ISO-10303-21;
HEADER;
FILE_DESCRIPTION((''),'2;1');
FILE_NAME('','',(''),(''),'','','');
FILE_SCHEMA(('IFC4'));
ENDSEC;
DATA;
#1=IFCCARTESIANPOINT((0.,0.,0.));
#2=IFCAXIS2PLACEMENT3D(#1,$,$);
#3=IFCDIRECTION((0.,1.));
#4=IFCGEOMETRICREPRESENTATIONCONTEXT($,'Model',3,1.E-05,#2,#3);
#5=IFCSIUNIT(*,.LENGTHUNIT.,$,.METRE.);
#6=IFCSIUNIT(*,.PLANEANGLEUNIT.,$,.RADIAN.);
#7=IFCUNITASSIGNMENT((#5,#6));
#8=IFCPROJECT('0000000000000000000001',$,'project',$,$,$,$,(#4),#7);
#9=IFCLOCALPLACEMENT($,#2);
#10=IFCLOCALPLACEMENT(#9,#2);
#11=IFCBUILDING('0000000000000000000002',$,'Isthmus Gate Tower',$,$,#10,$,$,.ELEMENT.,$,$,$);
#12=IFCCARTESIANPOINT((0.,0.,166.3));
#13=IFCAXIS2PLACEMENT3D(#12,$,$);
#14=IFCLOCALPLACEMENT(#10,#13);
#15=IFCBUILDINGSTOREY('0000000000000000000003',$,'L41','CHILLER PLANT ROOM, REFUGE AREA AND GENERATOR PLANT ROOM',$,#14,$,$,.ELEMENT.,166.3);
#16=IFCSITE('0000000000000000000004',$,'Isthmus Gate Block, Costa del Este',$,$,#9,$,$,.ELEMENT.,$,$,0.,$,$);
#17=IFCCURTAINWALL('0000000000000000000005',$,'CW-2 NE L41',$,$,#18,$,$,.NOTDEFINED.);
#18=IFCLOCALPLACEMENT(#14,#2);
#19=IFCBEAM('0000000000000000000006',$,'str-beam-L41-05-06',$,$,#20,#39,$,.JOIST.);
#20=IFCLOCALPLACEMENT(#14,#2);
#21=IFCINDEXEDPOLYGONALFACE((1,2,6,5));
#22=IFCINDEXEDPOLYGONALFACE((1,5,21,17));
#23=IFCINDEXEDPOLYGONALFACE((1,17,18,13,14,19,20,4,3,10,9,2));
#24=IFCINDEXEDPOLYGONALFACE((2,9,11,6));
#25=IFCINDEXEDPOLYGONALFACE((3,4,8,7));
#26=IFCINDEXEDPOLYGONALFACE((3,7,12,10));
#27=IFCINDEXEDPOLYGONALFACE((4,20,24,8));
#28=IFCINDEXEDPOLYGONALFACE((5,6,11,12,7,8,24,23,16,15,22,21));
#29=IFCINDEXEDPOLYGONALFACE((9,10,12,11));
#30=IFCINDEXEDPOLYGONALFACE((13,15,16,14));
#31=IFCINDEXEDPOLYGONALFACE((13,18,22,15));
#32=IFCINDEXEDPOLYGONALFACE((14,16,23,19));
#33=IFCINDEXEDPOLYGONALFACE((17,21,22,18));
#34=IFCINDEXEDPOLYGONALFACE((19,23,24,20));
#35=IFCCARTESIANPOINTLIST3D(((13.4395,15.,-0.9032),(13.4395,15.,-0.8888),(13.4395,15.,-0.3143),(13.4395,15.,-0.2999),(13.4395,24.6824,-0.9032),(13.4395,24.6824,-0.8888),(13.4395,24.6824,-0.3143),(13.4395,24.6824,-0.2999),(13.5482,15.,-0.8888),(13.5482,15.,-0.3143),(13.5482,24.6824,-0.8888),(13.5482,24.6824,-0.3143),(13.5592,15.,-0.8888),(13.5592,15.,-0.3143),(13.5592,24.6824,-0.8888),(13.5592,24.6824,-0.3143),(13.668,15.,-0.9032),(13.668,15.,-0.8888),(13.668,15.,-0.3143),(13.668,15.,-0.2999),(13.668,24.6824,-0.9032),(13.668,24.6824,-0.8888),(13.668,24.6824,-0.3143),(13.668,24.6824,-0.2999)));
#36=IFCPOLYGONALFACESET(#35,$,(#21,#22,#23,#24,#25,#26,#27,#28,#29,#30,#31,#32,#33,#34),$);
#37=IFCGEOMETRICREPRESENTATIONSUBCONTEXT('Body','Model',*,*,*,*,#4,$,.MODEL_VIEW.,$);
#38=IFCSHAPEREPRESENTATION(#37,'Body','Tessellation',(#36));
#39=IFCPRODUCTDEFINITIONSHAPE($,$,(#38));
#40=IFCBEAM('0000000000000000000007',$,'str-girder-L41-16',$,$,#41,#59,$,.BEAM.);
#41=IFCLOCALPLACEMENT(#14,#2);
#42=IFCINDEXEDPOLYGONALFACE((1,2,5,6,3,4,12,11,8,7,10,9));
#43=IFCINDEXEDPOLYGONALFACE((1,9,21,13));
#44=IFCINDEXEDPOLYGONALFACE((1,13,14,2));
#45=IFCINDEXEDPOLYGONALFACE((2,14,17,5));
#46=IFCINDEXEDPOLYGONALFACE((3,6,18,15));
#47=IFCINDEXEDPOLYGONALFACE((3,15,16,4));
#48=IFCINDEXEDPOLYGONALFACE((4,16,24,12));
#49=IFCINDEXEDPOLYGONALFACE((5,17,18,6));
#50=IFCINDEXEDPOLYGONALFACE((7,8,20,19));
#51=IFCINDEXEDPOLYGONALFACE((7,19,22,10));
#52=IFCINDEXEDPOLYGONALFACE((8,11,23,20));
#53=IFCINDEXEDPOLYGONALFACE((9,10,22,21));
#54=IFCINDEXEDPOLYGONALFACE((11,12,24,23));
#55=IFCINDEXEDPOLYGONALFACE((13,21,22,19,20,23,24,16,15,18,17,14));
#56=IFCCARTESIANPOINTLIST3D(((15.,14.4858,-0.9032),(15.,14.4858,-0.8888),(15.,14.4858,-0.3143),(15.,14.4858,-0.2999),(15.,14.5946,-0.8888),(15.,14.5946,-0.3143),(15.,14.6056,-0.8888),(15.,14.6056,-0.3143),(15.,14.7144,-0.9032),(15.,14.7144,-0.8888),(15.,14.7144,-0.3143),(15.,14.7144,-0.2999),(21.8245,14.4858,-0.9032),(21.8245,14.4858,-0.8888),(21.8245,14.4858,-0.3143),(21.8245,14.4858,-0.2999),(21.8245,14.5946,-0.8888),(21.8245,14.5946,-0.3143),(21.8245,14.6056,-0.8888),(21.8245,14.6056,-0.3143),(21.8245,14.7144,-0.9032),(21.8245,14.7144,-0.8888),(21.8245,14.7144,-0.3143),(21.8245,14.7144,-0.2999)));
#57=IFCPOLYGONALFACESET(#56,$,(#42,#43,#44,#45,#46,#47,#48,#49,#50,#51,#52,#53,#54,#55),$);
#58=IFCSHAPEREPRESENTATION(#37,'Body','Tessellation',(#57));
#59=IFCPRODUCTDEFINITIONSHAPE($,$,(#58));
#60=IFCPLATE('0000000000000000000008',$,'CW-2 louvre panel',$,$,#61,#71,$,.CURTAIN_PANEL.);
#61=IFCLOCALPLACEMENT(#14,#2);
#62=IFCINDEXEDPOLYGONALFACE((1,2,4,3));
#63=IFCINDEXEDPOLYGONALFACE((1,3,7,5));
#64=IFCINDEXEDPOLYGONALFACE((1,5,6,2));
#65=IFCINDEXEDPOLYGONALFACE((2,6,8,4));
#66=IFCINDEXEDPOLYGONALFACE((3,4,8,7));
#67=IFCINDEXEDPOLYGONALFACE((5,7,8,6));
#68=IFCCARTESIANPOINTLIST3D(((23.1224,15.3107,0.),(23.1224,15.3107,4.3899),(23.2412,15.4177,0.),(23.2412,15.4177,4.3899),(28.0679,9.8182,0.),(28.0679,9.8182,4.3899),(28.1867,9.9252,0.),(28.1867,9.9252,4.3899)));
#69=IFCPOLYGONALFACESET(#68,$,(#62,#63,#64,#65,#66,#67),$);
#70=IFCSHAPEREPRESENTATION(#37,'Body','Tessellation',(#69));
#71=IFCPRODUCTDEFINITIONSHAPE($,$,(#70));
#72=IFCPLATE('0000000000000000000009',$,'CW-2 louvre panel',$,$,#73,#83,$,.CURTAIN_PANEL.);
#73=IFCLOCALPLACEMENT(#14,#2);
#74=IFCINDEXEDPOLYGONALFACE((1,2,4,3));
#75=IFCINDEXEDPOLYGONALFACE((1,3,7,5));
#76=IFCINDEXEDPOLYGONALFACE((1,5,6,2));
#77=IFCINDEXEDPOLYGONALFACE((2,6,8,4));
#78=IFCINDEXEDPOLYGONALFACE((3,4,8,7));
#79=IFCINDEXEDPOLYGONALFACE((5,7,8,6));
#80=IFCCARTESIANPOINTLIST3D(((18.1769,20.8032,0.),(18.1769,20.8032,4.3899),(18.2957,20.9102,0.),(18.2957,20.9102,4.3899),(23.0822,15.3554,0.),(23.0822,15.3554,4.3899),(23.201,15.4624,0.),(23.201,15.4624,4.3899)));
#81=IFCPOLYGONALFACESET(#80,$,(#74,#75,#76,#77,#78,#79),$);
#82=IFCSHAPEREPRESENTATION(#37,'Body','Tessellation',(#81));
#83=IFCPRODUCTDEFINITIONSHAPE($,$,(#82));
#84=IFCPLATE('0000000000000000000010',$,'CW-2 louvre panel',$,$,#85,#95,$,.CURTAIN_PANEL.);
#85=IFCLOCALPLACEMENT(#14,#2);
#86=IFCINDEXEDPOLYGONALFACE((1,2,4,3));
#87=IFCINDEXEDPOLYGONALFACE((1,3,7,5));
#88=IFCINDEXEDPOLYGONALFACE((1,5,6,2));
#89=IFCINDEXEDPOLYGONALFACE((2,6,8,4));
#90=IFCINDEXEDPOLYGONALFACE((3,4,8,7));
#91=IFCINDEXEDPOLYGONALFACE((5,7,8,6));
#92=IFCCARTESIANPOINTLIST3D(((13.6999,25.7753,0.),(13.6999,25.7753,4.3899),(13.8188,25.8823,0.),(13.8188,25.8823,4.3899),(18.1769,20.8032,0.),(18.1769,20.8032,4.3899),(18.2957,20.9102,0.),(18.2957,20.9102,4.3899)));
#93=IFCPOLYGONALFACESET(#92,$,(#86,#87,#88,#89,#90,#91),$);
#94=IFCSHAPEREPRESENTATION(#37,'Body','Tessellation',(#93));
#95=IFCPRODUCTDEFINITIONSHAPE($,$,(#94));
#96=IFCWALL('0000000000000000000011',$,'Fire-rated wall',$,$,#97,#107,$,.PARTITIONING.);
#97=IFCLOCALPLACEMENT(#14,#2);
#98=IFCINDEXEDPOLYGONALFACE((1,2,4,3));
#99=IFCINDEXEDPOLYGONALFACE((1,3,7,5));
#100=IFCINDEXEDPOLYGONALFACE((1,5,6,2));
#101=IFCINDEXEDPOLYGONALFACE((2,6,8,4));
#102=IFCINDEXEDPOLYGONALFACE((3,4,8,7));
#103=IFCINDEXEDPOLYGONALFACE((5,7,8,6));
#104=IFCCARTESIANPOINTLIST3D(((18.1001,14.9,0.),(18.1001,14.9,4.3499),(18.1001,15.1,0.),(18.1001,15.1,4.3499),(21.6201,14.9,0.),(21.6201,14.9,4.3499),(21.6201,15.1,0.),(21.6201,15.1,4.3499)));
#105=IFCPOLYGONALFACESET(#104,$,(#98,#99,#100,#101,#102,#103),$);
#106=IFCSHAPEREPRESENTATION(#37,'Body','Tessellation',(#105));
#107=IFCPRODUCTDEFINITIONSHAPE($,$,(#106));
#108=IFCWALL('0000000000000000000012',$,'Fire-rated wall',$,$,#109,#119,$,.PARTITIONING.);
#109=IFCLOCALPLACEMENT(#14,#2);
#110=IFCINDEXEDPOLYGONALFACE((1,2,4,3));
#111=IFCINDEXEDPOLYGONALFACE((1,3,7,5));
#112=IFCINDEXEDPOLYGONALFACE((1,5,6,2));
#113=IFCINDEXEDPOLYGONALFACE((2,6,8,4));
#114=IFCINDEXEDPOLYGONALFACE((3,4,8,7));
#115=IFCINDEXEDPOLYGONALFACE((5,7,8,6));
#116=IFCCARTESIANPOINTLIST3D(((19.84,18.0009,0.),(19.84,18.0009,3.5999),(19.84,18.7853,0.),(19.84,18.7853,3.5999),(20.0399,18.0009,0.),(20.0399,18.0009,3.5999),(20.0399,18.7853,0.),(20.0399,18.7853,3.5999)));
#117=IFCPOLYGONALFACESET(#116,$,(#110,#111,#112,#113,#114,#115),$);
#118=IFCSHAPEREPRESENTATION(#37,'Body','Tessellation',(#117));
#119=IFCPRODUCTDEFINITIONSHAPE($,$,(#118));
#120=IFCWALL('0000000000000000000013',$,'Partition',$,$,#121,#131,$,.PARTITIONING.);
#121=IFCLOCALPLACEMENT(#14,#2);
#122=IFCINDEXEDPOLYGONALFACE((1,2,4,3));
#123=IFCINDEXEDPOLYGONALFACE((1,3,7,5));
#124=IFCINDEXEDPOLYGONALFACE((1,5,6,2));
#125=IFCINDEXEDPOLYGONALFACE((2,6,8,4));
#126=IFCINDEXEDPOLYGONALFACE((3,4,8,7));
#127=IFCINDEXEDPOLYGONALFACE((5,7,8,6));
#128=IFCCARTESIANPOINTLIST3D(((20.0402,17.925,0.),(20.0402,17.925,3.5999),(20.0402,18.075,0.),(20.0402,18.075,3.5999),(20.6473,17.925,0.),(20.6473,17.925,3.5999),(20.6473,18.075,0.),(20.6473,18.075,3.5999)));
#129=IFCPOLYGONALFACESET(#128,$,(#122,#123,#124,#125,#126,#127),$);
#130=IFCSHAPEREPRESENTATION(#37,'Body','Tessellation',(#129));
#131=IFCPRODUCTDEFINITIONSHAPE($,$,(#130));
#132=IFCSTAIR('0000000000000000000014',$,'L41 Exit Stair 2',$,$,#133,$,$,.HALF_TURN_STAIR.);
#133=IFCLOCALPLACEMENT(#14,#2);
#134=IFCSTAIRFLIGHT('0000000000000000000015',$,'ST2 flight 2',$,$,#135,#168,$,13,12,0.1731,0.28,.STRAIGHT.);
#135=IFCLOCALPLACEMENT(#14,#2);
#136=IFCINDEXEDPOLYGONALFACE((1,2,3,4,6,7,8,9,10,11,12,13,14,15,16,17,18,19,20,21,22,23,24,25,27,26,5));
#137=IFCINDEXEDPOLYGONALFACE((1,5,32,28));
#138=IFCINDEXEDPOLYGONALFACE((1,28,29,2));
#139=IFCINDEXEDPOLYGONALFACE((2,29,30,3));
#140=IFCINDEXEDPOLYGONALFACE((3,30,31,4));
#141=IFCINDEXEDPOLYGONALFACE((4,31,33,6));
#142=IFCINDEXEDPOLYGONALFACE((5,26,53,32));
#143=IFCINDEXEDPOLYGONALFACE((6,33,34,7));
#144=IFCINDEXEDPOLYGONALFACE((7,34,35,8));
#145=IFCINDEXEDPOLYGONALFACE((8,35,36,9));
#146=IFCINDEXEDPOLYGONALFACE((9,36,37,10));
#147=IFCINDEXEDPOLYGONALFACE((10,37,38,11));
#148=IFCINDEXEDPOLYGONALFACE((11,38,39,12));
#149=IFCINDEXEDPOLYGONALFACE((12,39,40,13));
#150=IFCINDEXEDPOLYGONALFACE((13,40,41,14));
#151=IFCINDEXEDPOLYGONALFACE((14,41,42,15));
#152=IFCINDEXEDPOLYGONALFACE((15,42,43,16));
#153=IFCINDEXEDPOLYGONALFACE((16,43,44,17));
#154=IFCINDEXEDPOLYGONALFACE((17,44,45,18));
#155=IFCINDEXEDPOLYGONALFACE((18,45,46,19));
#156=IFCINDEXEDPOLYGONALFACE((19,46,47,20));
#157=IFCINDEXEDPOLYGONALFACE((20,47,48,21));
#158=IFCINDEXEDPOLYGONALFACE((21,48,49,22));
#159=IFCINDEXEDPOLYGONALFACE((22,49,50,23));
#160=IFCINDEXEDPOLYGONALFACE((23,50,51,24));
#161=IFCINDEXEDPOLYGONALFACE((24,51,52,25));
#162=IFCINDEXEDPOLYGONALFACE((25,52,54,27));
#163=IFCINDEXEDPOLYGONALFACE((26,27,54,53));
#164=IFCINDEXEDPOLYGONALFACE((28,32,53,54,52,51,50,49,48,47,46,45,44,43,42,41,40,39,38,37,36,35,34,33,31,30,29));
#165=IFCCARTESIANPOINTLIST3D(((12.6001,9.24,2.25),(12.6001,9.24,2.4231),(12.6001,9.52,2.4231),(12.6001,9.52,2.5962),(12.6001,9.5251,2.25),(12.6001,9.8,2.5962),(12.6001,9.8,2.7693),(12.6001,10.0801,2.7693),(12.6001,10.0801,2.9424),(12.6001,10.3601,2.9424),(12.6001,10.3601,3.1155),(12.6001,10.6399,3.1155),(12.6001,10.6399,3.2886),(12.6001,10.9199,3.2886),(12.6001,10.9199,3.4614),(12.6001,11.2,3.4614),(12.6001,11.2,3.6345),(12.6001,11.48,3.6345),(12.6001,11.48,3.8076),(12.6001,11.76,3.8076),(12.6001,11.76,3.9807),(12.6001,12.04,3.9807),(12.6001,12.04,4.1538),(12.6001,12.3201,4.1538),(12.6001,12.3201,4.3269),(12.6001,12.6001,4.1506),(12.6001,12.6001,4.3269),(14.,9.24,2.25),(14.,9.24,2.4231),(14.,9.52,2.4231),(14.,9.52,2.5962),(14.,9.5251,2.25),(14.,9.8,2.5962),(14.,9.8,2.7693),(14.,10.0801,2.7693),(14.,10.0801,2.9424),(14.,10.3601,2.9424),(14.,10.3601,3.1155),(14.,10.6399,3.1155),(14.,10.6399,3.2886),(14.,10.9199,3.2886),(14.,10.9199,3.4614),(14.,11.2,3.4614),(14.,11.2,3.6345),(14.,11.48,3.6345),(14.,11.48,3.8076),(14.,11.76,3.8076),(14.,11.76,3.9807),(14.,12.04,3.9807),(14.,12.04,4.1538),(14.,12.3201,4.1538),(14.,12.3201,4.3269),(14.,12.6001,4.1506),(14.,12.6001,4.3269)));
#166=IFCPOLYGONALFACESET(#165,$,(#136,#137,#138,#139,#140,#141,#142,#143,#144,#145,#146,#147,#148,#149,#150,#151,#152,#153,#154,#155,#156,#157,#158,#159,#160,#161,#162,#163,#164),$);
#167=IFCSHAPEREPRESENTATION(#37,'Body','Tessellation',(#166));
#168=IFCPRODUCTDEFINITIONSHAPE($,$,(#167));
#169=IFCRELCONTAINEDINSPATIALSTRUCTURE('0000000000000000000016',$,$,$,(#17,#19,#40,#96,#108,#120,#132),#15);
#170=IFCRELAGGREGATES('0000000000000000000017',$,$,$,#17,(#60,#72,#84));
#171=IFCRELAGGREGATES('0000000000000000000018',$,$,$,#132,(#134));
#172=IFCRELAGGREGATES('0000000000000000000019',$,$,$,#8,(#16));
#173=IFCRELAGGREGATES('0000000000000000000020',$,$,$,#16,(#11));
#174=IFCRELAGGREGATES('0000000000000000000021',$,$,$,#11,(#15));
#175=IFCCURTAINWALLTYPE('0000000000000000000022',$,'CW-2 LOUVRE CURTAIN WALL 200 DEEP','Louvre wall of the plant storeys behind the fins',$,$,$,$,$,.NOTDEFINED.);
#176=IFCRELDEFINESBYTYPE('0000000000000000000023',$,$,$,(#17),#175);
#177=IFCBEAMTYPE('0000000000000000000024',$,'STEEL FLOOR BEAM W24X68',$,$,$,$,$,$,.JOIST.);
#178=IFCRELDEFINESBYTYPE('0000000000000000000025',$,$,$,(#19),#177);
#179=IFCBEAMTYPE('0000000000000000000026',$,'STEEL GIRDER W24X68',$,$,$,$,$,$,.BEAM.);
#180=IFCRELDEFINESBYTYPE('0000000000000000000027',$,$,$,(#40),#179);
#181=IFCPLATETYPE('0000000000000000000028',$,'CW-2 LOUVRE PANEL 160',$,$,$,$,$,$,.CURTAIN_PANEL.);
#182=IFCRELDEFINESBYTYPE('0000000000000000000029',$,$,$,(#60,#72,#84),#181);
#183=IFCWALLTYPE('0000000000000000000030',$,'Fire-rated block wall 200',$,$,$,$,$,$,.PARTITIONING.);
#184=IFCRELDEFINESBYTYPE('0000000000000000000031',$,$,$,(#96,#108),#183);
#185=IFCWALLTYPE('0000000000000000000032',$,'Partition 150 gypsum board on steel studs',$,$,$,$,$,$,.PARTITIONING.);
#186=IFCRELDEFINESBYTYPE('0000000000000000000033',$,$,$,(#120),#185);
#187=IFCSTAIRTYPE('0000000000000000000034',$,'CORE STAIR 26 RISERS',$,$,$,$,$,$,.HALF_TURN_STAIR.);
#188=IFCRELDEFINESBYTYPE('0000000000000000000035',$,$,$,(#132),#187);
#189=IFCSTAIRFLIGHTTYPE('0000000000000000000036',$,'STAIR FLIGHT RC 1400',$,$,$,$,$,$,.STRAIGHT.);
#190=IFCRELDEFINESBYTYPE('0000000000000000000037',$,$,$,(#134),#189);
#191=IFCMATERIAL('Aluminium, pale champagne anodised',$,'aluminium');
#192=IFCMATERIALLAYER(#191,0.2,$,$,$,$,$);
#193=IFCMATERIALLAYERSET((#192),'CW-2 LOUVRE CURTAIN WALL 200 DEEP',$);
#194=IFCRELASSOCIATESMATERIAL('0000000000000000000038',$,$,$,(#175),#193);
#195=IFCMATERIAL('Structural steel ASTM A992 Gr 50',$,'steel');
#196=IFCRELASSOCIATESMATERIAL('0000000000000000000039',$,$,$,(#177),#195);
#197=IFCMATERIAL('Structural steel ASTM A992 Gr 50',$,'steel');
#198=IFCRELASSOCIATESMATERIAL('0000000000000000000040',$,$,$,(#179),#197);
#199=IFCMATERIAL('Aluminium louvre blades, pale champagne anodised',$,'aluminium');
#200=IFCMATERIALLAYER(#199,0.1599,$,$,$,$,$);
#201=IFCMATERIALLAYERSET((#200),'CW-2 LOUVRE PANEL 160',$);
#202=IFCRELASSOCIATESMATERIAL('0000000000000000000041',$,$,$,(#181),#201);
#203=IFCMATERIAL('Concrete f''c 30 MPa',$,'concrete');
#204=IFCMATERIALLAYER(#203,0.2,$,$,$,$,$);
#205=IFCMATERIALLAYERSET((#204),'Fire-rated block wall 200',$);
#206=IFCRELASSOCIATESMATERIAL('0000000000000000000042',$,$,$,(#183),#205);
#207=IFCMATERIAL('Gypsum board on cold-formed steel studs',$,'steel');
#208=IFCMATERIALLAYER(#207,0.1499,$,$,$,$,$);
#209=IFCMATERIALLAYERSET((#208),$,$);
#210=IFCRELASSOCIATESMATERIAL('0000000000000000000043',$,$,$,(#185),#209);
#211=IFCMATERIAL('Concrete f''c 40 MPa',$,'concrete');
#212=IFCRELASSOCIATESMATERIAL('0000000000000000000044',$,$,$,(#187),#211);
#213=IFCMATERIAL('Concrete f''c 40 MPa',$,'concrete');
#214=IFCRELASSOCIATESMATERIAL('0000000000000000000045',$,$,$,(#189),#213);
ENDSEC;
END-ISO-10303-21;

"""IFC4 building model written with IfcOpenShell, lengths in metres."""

from ifc_helpers import new_model, si_unit, direction, frame, frame_2d, origin, origin_2d, place, context, subcontext, project, spatial, polyline, rectangle, i_section, outline, extrude, material, layer, layer_set, material_profile, profile_set, type_object, element, aggregate, save


model = new_model("IFC4")

# Units and contexts
model_context = context("Model", 3, precision=1e-05, world=origin(), true_north=direction((0.0, 1.0)))
body_context = subcontext(model_context, "Body", "Model", "MODEL_VIEW")
ifc_project = project(units=[si_unit("LENGTHUNIT", "METRE"), si_unit("PLANEANGLEUNIT", "RADIAN")], contexts=[model_context])

# Site, building, storey
site_placement = place(None, origin())
site = spatial("IfcSite", under=ifc_project, at=site_placement, Name="Isthmus Gate Block, Costa del Este", CompositionType="ELEMENT", RefElevation=0.0)
building_placement = place(site_placement, origin())
building = spatial("IfcBuilding", under=site, at=building_placement, Name="Isthmus Gate Tower", CompositionType="ELEMENT")
storey_placement = place(building_placement, frame((0.0, 0.0, 166.3)))
storey = spatial("IfcBuildingStorey", under=building, at=storey_placement, Name="L41", Description="CHILLER PLANT ROOM, REFUGE AREA AND GENERATOR PLANT ROOM", CompositionType="ELEMENT", Elevation=166.3)

# Curtain wall
ifc_material_1 = material(Name="Aluminium, pale champagne anodised", Category="aluminium")
ifc_layer_1 = layer(ifc_material_1, 0.2)
ifc_layer_set_1 = layer_set([ifc_layer_1], Name="CW-2 LOUVRE CURTAIN WALL 200 DEEP")
curtain_wall_type = type_object("IfcCurtainWallType", Name="CW-2 LOUVRE CURTAIN WALL 200 DEEP", Description="Louvre wall of the plant storeys behind the fins", PredefinedType="NOTDEFINED", material=ifc_layer_set_1)
curtain_wall_placement = place(storey_placement, origin())
curtain_wall = element("IfcCurtainWall", 1, at=curtain_wall_placement, inside=storey, type_object=curtain_wall_type, Name="CW-2 NE L41", PredefinedType="NOTDEFINED")

# Beams
ifc_material_2 = material(Name="Structural steel ASTM A992 Gr 50", Category="steel")
ifc_material_profile_1 = material_profile(ifc_material_2, i_section(OverallWidth=0.2285, OverallDepth=0.6033, WebThickness=0.011, FlangeThickness=0.0144, at=origin_2d()), Name="W24X68")
ifc_profile_set_1 = profile_set([ifc_material_profile_1], Name="Structural steel ASTM A992 Gr 50")
beam_type_1 = type_object("IfcBeamType", Name="STEEL FLOOR BEAM W24X68", PredefinedType="JOIST", material=ifc_profile_set_1)
beam_1_placement = place(storey_placement, frame((13.5537, 15.0, -0.6016), z_axis=(0.0, 1.0, 0.0), x_axis=(-1.0, 0.0, 0.0)))
element("IfcBeam", 2, at=beam_1_placement, inside=storey, type_object=beam_type_1, Name="str-beam-L41-05-06", PredefinedType="JOIST", context=body_context, shape_type="SweptSolid", body=[
    extrude(i_section(OverallWidth=0.2285, OverallDepth=0.6033, WebThickness=0.011, FlangeThickness=0.0144, at=origin_2d()), origin(), (0.0, 0.0, 1.0), 9.6824),
])
ifc_material_3 = material(Name="Structural steel ASTM A992 Gr 50", Category="steel")
ifc_material_profile_2 = material_profile(ifc_material_3, i_section(OverallWidth=0.2285, OverallDepth=0.6033, WebThickness=0.011, FlangeThickness=0.0144, at=origin_2d()), Name="W24X68")
ifc_profile_set_2 = profile_set([ifc_material_profile_2], Name="Structural steel ASTM A992 Gr 50")
beam_type_2 = type_object("IfcBeamType", Name="STEEL GIRDER W24X68", PredefinedType="BEAM", material=ifc_profile_set_2)
beam_2_placement = place(storey_placement, frame((15.0, 14.6001, -0.6016), z_axis=(1.0, 0.0, 0.0), x_axis=(0.0, 1.0, 0.0)))
element("IfcBeam", 3, at=beam_2_placement, inside=storey, type_object=beam_type_2, Name="str-girder-L41-16", PredefinedType="BEAM", context=body_context, shape_type="SweptSolid", body=[
    extrude(i_section(OverallWidth=0.2285, OverallDepth=0.6033, WebThickness=0.011, FlangeThickness=0.0144, at=origin_2d()), origin(), (0.0, 0.0, 1.0), 6.8245),
])

# Plates
ifc_material_4 = material(Name="Aluminium louvre blades, pale champagne anodised", Category="aluminium")
ifc_layer_2 = layer(ifc_material_4, 0.1599)
ifc_layer_set_2 = layer_set([ifc_layer_2], Name="CW-2 LOUVRE PANEL 160")
plate_type = type_object("IfcPlateType", Name="CW-2 LOUVRE PANEL 160", PredefinedType="CURTAIN_PANEL", material=ifc_layer_set_2)
plate_1_placement = place(storey_placement, frame((25.6545, 12.6179, 0.0), z_axis=(0.0, 0.0, 1.0), x_axis=(-0.669131, 0.743145, 0.0)))
plate_1 = element("IfcPlate", 4, at=plate_1_placement, type_object=plate_type, Name="CW-2 louvre panel", PredefinedType="CURTAIN_PANEL", context=body_context, shape_type="SweptSolid", body=[
    extrude(rectangle(XDim=7.3909, YDim=0.1599, at=origin_2d()), origin(), (0.0, 0.0, 1.0), 4.3899),
])
plate_2_placement = place(storey_placement, frame((20.689, 18.1328, 0.0), z_axis=(0.0, 0.0, 1.0), x_axis=(-0.669131, 0.743145, 0.0)))
plate_2 = element("IfcPlate", 5, at=plate_2_placement, type_object=plate_type, Name="CW-2 louvre panel", PredefinedType="CURTAIN_PANEL", context=body_context, shape_type="SweptSolid", body=[
    extrude(rectangle(XDim=7.3308, YDim=0.1599, at=origin_2d()), origin(), (0.0, 0.0, 1.0), 4.3899),
])
plate_3_placement = place(storey_placement, frame((15.9978, 23.3428, 0.0), z_axis=(0.0, 0.0, 1.0), x_axis=(-0.669131, 0.743145, 0.0)))
plate_3 = element("IfcPlate", 6, at=plate_3_placement, type_object=plate_type, Name="CW-2 louvre panel", PredefinedType="CURTAIN_PANEL", context=body_context, shape_type="SweptSolid", body=[
    extrude(rectangle(XDim=6.6907, YDim=0.1599, at=origin_2d()), origin(), (0.0, 0.0, 1.0), 4.3899),
])
aggregate(curtain_wall, [plate_1, plate_2, plate_3])

# Walls
ifc_material_5 = material(Name="Concrete f'c 30 MPa", Category="concrete")
ifc_layer_3 = layer(ifc_material_5, 0.2)
ifc_layer_set_3 = layer_set([ifc_layer_3], Name="Fire-rated block wall 200")
wall_type_1 = type_object("IfcWallType", Name="Fire-rated block wall 200", PredefinedType="PARTITIONING", material=ifc_layer_set_3)
wall_1_placement = place(storey_placement, frame((18.1001, 15.0, 0.0), z_axis=(0.0, 0.0, 1.0), x_axis=(1.0, 0.0, 0.0)))
element("IfcWall", 7, at=wall_1_placement, inside=storey, type_object=wall_type_1, Name="Fire-rated wall", PredefinedType="PARTITIONING", context=body_context, shape_type="SweptSolid", body=[
    extrude(rectangle(XDim=3.52, YDim=0.2, at=frame_2d((1.76, 0.0))), origin(), (0.0, 0.0, 1.0), 4.3499),
])
wall_2_placement = place(storey_placement, frame((19.9399, 18.001, 0.0), z_axis=(0.0, 0.0, 1.0), x_axis=(0.0, 1.0, 0.0)))
element("IfcWall", 8, at=wall_2_placement, inside=storey, type_object=wall_type_1, Name="Fire-rated wall", PredefinedType="PARTITIONING", context=body_context, shape_type="SweptSolid", body=[
    extrude(rectangle(XDim=0.7844, YDim=0.2, at=frame_2d((0.3921, 0.0))), origin(), (0.0, 0.0, 1.0), 3.5999),
])
ifc_material_6 = material(Name="Gypsum board on cold-formed steel studs", Category="steel")
ifc_layer_4 = layer(ifc_material_6, 0.1499)
ifc_layer_set_4 = layer_set([ifc_layer_4])
wall_type_2 = type_object("IfcWallType", Name="Partition 150 gypsum board on steel studs", PredefinedType="PARTITIONING", material=ifc_layer_set_4)
wall_3_placement = place(storey_placement, frame((20.04, 18.0, 0.0), z_axis=(0.0, 0.0, 1.0), x_axis=(1.0, 0.0, 0.0)))
element("IfcWall", 9, at=wall_3_placement, inside=storey, type_object=wall_type_2, Name="Partition", PredefinedType="PARTITIONING", context=body_context, shape_type="SweptSolid", body=[
    extrude(rectangle(XDim=0.6072, YDim=0.1499, at=frame_2d((0.3037, 0.0))), origin(), (0.0, 0.0, 1.0), 3.5999),
])

# Stair, stair flight
ifc_material_7 = material(Name="Concrete f'c 40 MPa", Category="concrete")
stair_type = type_object("IfcStairType", Name="CORE STAIR 26 RISERS", PredefinedType="HALF_TURN_STAIR", material=ifc_material_7)
stair_placement = place(storey_placement, origin())
stair = element("IfcStair", 10, at=stair_placement, inside=storey, type_object=stair_type, Name="L41 Exit Stair 2", PredefinedType="HALF_TURN_STAIR")
ifc_material_8 = material(Name="Concrete f'c 40 MPa", Category="concrete")
stair_flight_type = type_object("IfcStairFlightType", Name="STAIR FLIGHT RC 1400", PredefinedType="STRAIGHT", material=ifc_material_8)
stair_flight_placement = place(storey_placement, frame((13.3, 9.24, 2.25), z_axis=(0.0, 0.0, 1.0), x_axis=(0.0, 1.0, 0.0)))
stair_flight = element("IfcStairFlight", 11, at=stair_flight_placement, type_object=stair_flight_type, Name="ST2 flight 2", NumberOfRisers=13, NumberOfTreads=12, PredefinedType="STRAIGHT", RiserHeight=0.1731, TreadLength=0.28, context=body_context, shape_type="SweptSolid", body=[
    extrude(outline(polyline([(0.0, 0.0), (0.0, 0.1731), (0.28, 0.1731), (0.28, 0.3462), (0.5601, 0.3462), (0.5601, 0.5193), (0.8401, 0.5193), (0.8401, 0.6924), (1.1201, 0.6924), (1.1201, 0.8655), (1.3999, 0.8655), (1.3999, 1.0386), (1.6799, 1.0386), (1.6799, 1.2114), (1.96, 1.2114), (1.96, 1.3845), (2.24, 1.3845), (2.24, 1.5576), (2.52, 1.5576), (2.52, 1.7307), (2.8, 1.7307), (2.8, 1.9038), (3.0801, 1.9038), (3.0801, 2.0769), (3.3601, 2.0769), (3.3601, 2.25), (3.3601, 1.9006), (0.2852, 0.0), (0.0, 0.0)])), frame((0.0, 0.7, 0.0), z_axis=(0.0, -1.0, 0.0), x_axis=(1.0, 0.0, 0.0)), (0.0, 0.0, 1.0), 1.3999),
])
aggregate(stair, [stair_flight])

save(model, "model.ifc")
